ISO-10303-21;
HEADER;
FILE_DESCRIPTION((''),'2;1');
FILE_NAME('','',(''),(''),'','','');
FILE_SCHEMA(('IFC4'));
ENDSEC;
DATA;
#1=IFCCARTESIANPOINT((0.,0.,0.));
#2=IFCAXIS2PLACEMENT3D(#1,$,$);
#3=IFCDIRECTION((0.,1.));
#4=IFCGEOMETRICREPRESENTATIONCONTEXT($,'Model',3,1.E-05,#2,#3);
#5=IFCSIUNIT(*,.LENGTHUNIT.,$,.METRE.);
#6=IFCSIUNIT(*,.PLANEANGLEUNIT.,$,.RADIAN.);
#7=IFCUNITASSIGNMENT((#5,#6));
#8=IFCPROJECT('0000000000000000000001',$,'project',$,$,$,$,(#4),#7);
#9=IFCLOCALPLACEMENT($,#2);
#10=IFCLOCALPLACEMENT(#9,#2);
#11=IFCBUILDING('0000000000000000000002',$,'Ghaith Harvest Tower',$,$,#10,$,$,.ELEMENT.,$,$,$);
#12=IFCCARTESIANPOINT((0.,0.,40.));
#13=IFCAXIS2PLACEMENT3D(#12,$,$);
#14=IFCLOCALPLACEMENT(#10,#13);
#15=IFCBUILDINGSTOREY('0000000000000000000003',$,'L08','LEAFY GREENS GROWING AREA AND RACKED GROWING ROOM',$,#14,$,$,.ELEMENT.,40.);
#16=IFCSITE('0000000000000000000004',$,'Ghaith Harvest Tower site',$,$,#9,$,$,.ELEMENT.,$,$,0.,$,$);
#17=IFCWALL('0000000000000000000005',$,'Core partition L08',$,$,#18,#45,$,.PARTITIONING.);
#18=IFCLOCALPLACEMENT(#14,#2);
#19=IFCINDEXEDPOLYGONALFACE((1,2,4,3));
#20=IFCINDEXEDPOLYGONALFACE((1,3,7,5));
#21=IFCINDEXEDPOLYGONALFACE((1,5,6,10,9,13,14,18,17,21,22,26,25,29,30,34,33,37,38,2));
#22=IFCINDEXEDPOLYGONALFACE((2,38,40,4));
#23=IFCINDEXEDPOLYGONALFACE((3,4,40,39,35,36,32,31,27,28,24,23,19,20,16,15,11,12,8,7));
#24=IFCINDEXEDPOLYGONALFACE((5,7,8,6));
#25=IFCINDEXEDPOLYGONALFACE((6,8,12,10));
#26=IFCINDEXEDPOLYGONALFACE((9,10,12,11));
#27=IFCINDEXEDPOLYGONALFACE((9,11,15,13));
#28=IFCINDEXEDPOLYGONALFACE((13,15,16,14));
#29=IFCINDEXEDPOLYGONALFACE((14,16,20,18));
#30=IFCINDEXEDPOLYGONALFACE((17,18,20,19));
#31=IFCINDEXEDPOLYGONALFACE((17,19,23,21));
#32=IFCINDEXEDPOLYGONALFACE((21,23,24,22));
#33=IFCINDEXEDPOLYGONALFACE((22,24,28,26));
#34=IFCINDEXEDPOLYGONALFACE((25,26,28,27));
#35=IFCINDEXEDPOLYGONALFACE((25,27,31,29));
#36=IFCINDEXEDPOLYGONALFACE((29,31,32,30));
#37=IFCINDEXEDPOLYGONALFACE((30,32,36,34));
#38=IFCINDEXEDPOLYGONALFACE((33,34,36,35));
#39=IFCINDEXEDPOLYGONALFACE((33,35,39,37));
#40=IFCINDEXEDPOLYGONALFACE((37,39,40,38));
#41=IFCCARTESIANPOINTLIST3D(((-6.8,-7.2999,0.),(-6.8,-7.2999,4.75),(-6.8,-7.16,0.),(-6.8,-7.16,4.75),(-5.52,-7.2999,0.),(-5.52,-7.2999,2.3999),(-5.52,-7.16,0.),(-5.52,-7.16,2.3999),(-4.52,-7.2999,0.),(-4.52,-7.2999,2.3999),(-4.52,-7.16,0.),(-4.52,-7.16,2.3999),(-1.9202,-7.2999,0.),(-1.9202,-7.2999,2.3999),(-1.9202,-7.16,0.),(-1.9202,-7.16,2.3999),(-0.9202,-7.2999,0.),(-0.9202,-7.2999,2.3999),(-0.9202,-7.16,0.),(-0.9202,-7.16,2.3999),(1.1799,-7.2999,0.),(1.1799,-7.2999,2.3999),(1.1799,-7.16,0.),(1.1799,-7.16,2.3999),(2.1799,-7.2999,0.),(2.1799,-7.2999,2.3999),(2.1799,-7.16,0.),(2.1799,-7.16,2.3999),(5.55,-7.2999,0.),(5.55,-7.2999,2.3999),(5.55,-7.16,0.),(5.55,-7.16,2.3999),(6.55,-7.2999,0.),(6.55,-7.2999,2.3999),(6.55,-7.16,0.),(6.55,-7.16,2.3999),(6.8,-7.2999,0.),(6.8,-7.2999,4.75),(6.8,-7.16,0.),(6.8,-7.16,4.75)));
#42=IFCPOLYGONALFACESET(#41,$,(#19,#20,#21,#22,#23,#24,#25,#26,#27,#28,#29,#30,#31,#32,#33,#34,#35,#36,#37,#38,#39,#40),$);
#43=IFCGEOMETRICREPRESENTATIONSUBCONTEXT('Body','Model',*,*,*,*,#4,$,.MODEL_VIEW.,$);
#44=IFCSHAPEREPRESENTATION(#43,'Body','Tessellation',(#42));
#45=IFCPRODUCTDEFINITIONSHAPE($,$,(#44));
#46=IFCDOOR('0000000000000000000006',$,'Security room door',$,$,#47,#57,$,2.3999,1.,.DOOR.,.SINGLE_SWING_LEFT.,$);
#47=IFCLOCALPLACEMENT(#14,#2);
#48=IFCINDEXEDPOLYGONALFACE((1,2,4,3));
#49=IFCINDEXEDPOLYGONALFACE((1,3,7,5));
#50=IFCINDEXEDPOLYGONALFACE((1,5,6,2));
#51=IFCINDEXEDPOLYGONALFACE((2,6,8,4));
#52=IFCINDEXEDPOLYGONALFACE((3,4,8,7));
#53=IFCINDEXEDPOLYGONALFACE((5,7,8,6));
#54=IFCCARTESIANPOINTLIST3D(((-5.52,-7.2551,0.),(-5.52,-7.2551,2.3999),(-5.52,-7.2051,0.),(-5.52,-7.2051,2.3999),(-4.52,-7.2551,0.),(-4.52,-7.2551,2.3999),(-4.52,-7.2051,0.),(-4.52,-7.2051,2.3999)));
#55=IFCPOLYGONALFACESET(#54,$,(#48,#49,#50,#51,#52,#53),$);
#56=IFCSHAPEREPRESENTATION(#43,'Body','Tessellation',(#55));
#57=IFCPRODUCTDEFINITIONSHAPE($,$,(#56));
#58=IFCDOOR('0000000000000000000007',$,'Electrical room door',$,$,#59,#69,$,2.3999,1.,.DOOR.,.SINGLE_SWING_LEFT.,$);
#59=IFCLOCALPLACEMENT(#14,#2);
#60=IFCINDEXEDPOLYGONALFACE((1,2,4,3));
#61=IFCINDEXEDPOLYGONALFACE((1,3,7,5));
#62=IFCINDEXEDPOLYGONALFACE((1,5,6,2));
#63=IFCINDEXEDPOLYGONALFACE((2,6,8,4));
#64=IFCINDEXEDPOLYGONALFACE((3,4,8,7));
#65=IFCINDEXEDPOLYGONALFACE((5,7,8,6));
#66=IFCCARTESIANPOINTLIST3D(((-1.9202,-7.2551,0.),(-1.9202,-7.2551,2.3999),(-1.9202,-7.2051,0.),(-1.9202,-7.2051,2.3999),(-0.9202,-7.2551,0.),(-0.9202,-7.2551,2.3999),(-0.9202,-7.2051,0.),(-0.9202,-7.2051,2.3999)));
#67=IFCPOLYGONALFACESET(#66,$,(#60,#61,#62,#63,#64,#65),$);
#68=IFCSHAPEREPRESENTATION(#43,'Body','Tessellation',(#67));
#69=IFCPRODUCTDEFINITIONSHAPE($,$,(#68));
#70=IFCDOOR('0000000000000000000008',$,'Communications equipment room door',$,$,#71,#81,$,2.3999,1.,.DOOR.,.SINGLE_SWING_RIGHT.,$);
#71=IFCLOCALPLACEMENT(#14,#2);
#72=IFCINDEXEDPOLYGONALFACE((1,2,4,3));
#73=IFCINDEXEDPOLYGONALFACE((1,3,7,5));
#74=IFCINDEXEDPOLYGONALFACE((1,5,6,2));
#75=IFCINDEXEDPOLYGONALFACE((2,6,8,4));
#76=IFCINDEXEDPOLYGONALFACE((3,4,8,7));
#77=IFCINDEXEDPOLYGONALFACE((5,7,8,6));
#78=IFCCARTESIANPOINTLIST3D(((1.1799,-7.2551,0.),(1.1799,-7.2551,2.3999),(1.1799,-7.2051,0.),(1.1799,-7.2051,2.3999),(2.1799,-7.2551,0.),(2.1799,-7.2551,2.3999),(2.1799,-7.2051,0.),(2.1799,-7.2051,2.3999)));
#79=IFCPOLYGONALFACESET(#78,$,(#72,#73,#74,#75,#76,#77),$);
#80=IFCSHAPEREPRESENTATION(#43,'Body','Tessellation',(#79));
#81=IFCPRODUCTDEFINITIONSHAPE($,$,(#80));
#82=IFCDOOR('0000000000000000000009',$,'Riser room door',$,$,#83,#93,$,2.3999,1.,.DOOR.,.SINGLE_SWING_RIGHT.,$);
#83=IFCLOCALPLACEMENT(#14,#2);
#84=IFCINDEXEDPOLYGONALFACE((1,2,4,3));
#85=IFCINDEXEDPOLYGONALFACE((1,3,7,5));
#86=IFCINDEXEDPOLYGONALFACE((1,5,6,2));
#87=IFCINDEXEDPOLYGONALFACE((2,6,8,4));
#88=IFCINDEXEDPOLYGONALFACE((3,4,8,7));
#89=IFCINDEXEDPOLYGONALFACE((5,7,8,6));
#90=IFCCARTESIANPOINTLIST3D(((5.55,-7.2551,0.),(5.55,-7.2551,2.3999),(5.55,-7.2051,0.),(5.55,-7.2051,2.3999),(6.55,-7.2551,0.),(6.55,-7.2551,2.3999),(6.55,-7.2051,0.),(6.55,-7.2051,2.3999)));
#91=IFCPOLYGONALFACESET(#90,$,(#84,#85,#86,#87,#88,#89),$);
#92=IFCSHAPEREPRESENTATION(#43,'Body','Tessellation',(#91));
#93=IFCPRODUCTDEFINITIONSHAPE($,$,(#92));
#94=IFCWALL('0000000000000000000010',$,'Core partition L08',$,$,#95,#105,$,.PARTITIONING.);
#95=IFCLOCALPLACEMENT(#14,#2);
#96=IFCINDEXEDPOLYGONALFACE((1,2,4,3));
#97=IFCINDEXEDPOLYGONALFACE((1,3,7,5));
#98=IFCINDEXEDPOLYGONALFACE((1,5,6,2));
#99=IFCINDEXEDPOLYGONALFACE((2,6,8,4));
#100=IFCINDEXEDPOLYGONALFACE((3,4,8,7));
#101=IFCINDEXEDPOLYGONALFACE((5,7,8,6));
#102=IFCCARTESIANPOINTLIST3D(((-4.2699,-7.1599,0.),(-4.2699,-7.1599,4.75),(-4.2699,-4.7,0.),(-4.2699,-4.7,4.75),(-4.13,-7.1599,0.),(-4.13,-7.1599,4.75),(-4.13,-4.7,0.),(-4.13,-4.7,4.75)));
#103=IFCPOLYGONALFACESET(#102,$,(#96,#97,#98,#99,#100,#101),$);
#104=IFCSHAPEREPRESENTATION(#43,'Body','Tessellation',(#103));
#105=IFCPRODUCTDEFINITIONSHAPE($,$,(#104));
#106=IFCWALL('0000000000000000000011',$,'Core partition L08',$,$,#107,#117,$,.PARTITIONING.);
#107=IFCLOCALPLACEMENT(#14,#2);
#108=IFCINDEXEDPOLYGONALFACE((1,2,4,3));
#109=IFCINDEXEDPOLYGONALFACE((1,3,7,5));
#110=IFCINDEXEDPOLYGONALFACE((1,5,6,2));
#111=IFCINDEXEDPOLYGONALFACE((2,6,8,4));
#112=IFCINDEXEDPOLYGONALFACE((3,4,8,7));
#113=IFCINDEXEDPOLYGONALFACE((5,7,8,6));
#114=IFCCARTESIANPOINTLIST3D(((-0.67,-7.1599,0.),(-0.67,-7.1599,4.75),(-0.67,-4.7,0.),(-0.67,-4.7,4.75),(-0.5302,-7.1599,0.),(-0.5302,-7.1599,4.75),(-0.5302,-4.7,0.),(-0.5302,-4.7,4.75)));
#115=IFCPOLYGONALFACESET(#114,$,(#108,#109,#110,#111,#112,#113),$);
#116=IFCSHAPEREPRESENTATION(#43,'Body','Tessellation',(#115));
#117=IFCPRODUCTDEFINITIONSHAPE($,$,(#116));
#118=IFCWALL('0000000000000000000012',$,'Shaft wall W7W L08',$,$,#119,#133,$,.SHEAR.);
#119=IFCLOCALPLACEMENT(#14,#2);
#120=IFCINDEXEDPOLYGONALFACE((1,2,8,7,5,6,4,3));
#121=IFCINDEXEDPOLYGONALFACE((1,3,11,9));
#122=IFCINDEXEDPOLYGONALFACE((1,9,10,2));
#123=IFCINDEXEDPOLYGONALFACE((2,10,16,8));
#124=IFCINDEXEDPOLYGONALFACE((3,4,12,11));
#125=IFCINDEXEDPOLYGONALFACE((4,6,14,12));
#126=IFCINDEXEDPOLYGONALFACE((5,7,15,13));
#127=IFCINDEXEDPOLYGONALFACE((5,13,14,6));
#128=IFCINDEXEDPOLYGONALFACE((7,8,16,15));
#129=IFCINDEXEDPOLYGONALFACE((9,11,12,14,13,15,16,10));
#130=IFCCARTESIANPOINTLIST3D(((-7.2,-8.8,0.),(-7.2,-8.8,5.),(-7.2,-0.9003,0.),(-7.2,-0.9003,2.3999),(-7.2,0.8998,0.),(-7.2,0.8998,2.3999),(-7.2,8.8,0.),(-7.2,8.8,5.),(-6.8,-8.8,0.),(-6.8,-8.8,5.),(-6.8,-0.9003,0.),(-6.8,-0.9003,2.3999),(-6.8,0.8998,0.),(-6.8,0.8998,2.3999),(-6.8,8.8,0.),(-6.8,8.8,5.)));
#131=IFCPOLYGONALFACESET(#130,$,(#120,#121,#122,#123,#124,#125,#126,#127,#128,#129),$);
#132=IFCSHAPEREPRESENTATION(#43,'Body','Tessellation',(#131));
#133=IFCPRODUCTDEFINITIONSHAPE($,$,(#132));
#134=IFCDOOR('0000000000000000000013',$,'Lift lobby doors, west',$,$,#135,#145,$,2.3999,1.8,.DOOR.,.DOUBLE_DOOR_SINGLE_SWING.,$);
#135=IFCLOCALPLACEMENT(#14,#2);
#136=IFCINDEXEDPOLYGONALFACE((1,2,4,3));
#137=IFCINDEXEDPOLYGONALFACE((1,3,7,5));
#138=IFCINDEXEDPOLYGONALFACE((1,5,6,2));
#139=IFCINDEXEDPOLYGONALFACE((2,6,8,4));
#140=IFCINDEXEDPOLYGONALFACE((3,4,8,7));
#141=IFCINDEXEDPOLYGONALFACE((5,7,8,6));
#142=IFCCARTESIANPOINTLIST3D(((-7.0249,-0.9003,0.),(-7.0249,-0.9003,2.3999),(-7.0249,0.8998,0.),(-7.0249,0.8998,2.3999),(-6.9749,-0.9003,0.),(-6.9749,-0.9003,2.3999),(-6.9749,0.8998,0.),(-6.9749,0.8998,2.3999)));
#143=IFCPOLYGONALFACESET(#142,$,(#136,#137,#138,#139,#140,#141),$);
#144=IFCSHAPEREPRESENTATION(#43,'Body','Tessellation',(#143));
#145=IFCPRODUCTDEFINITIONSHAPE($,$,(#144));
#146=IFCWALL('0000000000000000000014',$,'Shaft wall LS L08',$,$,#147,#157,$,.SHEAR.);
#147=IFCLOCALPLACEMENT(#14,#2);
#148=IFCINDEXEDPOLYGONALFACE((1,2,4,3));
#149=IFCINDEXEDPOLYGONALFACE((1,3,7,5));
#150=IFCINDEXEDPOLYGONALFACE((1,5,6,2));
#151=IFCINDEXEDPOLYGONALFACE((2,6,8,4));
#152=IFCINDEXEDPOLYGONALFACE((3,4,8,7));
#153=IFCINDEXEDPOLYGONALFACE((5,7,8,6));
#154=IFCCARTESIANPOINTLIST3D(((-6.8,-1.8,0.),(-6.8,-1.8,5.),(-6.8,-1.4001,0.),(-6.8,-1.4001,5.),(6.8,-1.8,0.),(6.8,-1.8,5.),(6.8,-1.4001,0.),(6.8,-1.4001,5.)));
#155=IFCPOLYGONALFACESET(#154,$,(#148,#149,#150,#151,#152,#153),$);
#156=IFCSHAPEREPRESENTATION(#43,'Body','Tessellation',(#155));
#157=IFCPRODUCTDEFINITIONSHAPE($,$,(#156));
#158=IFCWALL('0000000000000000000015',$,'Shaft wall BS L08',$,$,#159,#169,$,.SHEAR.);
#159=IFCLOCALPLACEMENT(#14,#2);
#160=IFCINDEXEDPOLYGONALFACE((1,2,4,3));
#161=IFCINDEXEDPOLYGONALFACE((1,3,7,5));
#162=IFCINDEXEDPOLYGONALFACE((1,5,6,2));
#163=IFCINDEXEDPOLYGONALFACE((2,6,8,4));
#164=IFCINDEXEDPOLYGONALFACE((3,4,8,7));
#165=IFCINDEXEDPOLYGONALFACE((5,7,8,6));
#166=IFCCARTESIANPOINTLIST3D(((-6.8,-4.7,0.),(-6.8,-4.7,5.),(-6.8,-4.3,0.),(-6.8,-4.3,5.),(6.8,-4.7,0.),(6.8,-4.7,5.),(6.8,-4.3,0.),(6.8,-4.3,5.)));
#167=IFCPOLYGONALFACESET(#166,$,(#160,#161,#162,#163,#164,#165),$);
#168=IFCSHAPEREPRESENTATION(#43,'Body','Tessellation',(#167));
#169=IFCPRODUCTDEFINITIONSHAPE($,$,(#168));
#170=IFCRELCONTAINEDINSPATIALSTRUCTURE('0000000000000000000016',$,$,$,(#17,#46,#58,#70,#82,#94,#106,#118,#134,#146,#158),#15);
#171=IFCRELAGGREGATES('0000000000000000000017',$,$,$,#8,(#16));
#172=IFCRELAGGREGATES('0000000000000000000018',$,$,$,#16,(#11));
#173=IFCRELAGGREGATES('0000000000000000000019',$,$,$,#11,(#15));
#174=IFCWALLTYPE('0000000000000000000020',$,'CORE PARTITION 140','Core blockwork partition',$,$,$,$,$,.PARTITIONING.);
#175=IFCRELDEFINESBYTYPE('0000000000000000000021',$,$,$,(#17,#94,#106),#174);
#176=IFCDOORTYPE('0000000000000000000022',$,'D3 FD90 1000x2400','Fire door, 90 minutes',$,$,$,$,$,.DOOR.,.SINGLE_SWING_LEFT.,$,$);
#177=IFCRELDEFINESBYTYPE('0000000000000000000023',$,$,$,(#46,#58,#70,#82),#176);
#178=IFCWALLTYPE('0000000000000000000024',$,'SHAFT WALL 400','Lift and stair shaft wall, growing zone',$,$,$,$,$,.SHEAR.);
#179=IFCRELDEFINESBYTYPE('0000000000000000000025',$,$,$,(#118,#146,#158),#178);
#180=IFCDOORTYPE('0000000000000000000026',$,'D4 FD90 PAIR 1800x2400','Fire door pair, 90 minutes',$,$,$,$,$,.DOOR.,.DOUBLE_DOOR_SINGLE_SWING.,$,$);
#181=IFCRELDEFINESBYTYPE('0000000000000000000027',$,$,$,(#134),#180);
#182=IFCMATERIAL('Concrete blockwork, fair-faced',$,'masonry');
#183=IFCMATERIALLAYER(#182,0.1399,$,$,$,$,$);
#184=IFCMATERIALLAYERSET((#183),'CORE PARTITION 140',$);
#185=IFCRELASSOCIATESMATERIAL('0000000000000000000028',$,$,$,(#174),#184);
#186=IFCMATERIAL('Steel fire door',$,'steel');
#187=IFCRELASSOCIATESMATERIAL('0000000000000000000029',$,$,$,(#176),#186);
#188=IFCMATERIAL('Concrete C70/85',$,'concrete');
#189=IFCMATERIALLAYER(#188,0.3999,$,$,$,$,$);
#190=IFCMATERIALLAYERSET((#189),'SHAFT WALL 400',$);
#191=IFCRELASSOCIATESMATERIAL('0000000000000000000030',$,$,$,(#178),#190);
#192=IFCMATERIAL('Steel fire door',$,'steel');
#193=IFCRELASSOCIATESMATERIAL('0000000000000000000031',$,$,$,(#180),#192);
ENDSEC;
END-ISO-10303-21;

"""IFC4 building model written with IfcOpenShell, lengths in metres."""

from ifc_helpers import new_model, si_unit, direction, frame, frame_2d, origin, place, context, subcontext, project, spatial, rectangle, extrude, material, layer, layer_set, type_object, element, fill, save


model = new_model("IFC4")

# Units and contexts
model_context = context("Model", 3, precision=1e-05, world=origin(), true_north=direction((0.0, 1.0)))
body_context = subcontext(model_context, "Body", "Model", "MODEL_VIEW")
ifc_project = project(units=[si_unit("LENGTHUNIT", "METRE"), si_unit("PLANEANGLEUNIT", "RADIAN")], contexts=[model_context])

# Site, building, storey
site_placement = place(None, origin())
site = spatial("IfcSite", under=ifc_project, at=site_placement, Name="Ghaith Harvest Tower site", CompositionType="ELEMENT", RefElevation=0.0)
building_placement = place(site_placement, origin())
building = spatial("IfcBuilding", under=site, at=building_placement, Name="Ghaith Harvest Tower", CompositionType="ELEMENT")
storey_placement = place(building_placement, frame((0.0, 0.0, 40.0)))
storey = spatial("IfcBuildingStorey", under=building, at=storey_placement, Name="L08", Description="LEAFY GREENS GROWING AREA AND RACKED GROWING ROOM", CompositionType="ELEMENT", Elevation=40.0)

# Wall, openings, doors
ifc_material_1 = material(Name="Concrete blockwork, fair-faced", Category="masonry")
ifc_layer_1 = layer(ifc_material_1, 0.1399)
ifc_layer_set_1 = layer_set([ifc_layer_1], Name="CORE PARTITION 140")
wall_type_1 = type_object("IfcWallType", Name="CORE PARTITION 140", Description="Core blockwork partition", PredefinedType="PARTITIONING", material=ifc_layer_set_1)
wall_1_placement = place(storey_placement, frame((-6.8, -7.23, 0.0), z_axis=(0.0, 0.0, 1.0), x_axis=(1.0, 0.0, 0.0)))
wall_1 = element("IfcWall", 1, at=wall_1_placement, inside=storey, type_object=wall_type_1, Name="Core partition L08", PredefinedType="PARTITIONING", context=body_context, shape_type="SweptSolid", body=[
    extrude(rectangle(XDim=13.6001, YDim=0.1399, at=frame_2d((6.8, 0.0))), origin(), (0.0, 0.0, 1.0), 4.75),
])
opening_1_placement = place(wall_1_placement, frame((1.28, 0.0, 0.0)))
opening_1 = element("IfcOpeningElement", 2, at=opening_1_placement, cuts=wall_1, PredefinedType="OPENING", context=body_context, shape_type="SweptSolid", body=[
    extrude(rectangle(XDim=1.0, YDim=2.3999, at=frame_2d((0.5, 1.2))), frame((0.0, 0.0801, 0.0), z_axis=(0.0, -1.0, 0.0), x_axis=(1.0, 0.0, 0.0)), (0.0, 0.0, 1.0), 0.1599),
])
opening_2_placement = place(wall_1_placement, frame((4.8799, 0.0, 0.0)))
opening_2 = element("IfcOpeningElement", 3, at=opening_2_placement, cuts=wall_1, PredefinedType="OPENING", context=body_context, shape_type="SweptSolid", body=[
    extrude(rectangle(XDim=1.0, YDim=2.3999, at=frame_2d((0.5, 1.2))), frame((0.0, 0.0801, 0.0), z_axis=(0.0, -1.0, 0.0), x_axis=(1.0, 0.0, 0.0)), (0.0, 0.0, 1.0), 0.1599),
])
opening_3_placement = place(wall_1_placement, frame((7.98, 0.0, 0.0)))
opening_3 = element("IfcOpeningElement", 4, at=opening_3_placement, cuts=wall_1, PredefinedType="OPENING", context=body_context, shape_type="SweptSolid", body=[
    extrude(rectangle(XDim=1.0, YDim=2.3999, at=frame_2d((0.5, 1.2))), frame((0.0, 0.0801, 0.0), z_axis=(0.0, -1.0, 0.0), x_axis=(1.0, 0.0, 0.0)), (0.0, 0.0, 1.0), 0.1599),
])
opening_4_placement = place(wall_1_placement, frame((12.3501, 0.0, 0.0)))
opening_4 = element("IfcOpeningElement", 5, at=opening_4_placement, cuts=wall_1, PredefinedType="OPENING", context=body_context, shape_type="SweptSolid", body=[
    extrude(rectangle(XDim=1.0, YDim=2.3999, at=frame_2d((0.5, 1.2))), frame((0.0, 0.0801, 0.0), z_axis=(0.0, -1.0, 0.0), x_axis=(1.0, 0.0, 0.0)), (0.0, 0.0, 1.0), 0.1599),
])
ifc_material_2 = material(Name="Steel fire door", Category="steel")
door_type_1 = type_object("IfcDoorType", Name="D3 FD90 1000x2400", Description="Fire door, 90 minutes", OperationType="SINGLE_SWING_LEFT", PredefinedType="DOOR", material=ifc_material_2)
door_1_placement = place(opening_1_placement, origin())
door_1 = element("IfcDoor", 6, at=door_1_placement, inside=storey, type_object=door_type_1, Name="Security room door", OperationType="SINGLE_SWING_LEFT", OverallHeight=2.3999, OverallWidth=1.0, PredefinedType="DOOR", context=body_context, shape_type="SweptSolid", body=[
    extrude(rectangle(XDim=1.0, YDim=2.3999, at=frame_2d((0.5, 1.2))), frame((0.0, 0.0249, 0.0), z_axis=(0.0, -1.0, 0.0), x_axis=(1.0, 0.0, 0.0)), (0.0, 0.0, 1.0), 0.05),
])
fill(opening_1, door_1)
door_2_placement = place(opening_2_placement, origin())
door_2 = element("IfcDoor", 7, at=door_2_placement, inside=storey, type_object=door_type_1, Name="Electrical room door", OperationType="SINGLE_SWING_LEFT", OverallHeight=2.3999, OverallWidth=1.0, PredefinedType="DOOR", context=body_context, shape_type="SweptSolid", body=[
    extrude(rectangle(XDim=1.0, YDim=2.3999, at=frame_2d((0.5, 1.2))), frame((0.0, 0.0249, 0.0), z_axis=(0.0, -1.0, 0.0), x_axis=(1.0, 0.0, 0.0)), (0.0, 0.0, 1.0), 0.05),
])
fill(opening_2, door_2)
door_3_placement = place(opening_3_placement, origin())
door_3 = element("IfcDoor", 8, at=door_3_placement, inside=storey, type_object=door_type_1, Name="Communications equipment room door", OperationType="SINGLE_SWING_RIGHT", OverallHeight=2.3999, OverallWidth=1.0, PredefinedType="DOOR", context=body_context, shape_type="SweptSolid", body=[
    extrude(rectangle(XDim=1.0, YDim=2.3999, at=frame_2d((0.5, 1.2))), frame((0.0, 0.0249, 0.0), z_axis=(0.0, -1.0, 0.0), x_axis=(1.0, 0.0, 0.0)), (0.0, 0.0, 1.0), 0.05),
])
fill(opening_3, door_3)
door_4_placement = place(opening_4_placement, origin())
door_4 = element("IfcDoor", 9, at=door_4_placement, inside=storey, type_object=door_type_1, Name="Riser room door", OperationType="SINGLE_SWING_RIGHT", OverallHeight=2.3999, OverallWidth=1.0, PredefinedType="DOOR", context=body_context, shape_type="SweptSolid", body=[
    extrude(rectangle(XDim=1.0, YDim=2.3999, at=frame_2d((0.5, 1.2))), frame((0.0, 0.0249, 0.0), z_axis=(0.0, -1.0, 0.0), x_axis=(1.0, 0.0, 0.0)), (0.0, 0.0, 1.0), 0.05),
])
fill(opening_4, door_4)

# Walls
for number, where, z_axis, x_axis, name in (
    (10, (-4.2, -4.7, 0.0), (0.0, 0.0, 1.0), (0.0, -1.0, 0.0), "Core partition L08"),
    (11, (-0.6001, -4.7, 0.0), (0.0, 0.0, 1.0), (0.0, -1.0, 0.0), "Core partition L08"),
):
    element("IfcWall", number, at=place(storey_placement, frame(where, z_axis=z_axis, x_axis=x_axis)), inside=storey, type_object=wall_type_1, Name=name, PredefinedType="PARTITIONING", context=body_context, shape_type="SweptSolid", body=[
        extrude(rectangle(XDim=2.46, YDim=0.1399, at=frame_2d((1.23, 0.0))), origin(), (0.0, 0.0, 1.0), 4.75),
    ])

# Wall, opening, door
ifc_material_3 = material(Name="Concrete C70/85", Category="concrete")
ifc_layer_2 = layer(ifc_material_3, 0.3999)
ifc_layer_set_2 = layer_set([ifc_layer_2], Name="SHAFT WALL 400")
wall_type_2 = type_object("IfcWallType", Name="SHAFT WALL 400", Description="Lift and stair shaft wall, growing zone", PredefinedType="SHEAR", material=ifc_layer_set_2)
wall_2_placement = place(storey_placement, frame((-7.0, -8.8, 0.0), z_axis=(0.0, 0.0, 1.0), x_axis=(0.0, 1.0, 0.0)))
wall_2 = element("IfcWall", 12, at=wall_2_placement, inside=storey, type_object=wall_type_2, Name="Shaft wall W7W L08", PredefinedType="SHEAR", context=body_context, shape_type="SweptSolid", body=[
    extrude(rectangle(XDim=17.6001, YDim=0.3999, at=frame_2d((8.8, 0.0))), origin(), (0.0, 0.0, 1.0), 5.0),
])
opening_5_placement = place(wall_2_placement, frame((7.8999, 0.0, 0.0)))
opening_5 = element("IfcOpeningElement", 13, at=opening_5_placement, cuts=wall_2, PredefinedType="OPENING", context=body_context, shape_type="SweptSolid", body=[
    extrude(rectangle(XDim=1.8, YDim=2.3999, at=frame_2d((0.8999, 1.2))), frame((0.0, 0.21, 0.0), z_axis=(0.0, -1.0, 0.0), x_axis=(1.0, 0.0, 0.0)), (0.0, 0.0, 1.0), 0.4199),
])
ifc_material_4 = material(Name="Steel fire door", Category="steel")
door_type_2 = type_object("IfcDoorType", Name="D4 FD90 PAIR 1800x2400", Description="Fire door pair, 90 minutes", OperationType="DOUBLE_DOOR_SINGLE_SWING", PredefinedType="DOOR", material=ifc_material_4)
door_5_placement = place(opening_5_placement, origin())
door_5 = element("IfcDoor", 14, at=door_5_placement, inside=storey, type_object=door_type_2, Name="Lift lobby doors, west", OperationType="DOUBLE_DOOR_SINGLE_SWING", OverallHeight=2.3999, OverallWidth=1.8, PredefinedType="DOOR", context=body_context, shape_type="SweptSolid", body=[
    extrude(rectangle(XDim=1.8, YDim=2.3999, at=frame_2d((0.8999, 1.2))), frame((0.0, 0.0249, 0.0), z_axis=(0.0, -1.0, 0.0), x_axis=(1.0, 0.0, 0.0)), (0.0, 0.0, 1.0), 0.05),
])
fill(opening_5, door_5)

# Walls
for number, where, z_axis, x_axis, name in (
    (15, (-6.8, -1.6001, 0.0), (0.0, 0.0, 1.0), (1.0, 0.0, 0.0), "Shaft wall LS L08"),
    (16, (-6.8, -4.5, 0.0), (0.0, 0.0, 1.0), (1.0, 0.0, 0.0), "Shaft wall BS L08"),
):
    element("IfcWall", number, at=place(storey_placement, frame(where, z_axis=z_axis, x_axis=x_axis)), inside=storey, type_object=wall_type_2, Name=name, PredefinedType="SHEAR", context=body_context, shape_type="SweptSolid", body=[
        extrude(rectangle(XDim=13.6001, YDim=0.3999, at=frame_2d((6.8, 0.0))), origin(), (0.0, 0.0, 1.0), 5.0),
    ])

save(model, "model.ifc")
